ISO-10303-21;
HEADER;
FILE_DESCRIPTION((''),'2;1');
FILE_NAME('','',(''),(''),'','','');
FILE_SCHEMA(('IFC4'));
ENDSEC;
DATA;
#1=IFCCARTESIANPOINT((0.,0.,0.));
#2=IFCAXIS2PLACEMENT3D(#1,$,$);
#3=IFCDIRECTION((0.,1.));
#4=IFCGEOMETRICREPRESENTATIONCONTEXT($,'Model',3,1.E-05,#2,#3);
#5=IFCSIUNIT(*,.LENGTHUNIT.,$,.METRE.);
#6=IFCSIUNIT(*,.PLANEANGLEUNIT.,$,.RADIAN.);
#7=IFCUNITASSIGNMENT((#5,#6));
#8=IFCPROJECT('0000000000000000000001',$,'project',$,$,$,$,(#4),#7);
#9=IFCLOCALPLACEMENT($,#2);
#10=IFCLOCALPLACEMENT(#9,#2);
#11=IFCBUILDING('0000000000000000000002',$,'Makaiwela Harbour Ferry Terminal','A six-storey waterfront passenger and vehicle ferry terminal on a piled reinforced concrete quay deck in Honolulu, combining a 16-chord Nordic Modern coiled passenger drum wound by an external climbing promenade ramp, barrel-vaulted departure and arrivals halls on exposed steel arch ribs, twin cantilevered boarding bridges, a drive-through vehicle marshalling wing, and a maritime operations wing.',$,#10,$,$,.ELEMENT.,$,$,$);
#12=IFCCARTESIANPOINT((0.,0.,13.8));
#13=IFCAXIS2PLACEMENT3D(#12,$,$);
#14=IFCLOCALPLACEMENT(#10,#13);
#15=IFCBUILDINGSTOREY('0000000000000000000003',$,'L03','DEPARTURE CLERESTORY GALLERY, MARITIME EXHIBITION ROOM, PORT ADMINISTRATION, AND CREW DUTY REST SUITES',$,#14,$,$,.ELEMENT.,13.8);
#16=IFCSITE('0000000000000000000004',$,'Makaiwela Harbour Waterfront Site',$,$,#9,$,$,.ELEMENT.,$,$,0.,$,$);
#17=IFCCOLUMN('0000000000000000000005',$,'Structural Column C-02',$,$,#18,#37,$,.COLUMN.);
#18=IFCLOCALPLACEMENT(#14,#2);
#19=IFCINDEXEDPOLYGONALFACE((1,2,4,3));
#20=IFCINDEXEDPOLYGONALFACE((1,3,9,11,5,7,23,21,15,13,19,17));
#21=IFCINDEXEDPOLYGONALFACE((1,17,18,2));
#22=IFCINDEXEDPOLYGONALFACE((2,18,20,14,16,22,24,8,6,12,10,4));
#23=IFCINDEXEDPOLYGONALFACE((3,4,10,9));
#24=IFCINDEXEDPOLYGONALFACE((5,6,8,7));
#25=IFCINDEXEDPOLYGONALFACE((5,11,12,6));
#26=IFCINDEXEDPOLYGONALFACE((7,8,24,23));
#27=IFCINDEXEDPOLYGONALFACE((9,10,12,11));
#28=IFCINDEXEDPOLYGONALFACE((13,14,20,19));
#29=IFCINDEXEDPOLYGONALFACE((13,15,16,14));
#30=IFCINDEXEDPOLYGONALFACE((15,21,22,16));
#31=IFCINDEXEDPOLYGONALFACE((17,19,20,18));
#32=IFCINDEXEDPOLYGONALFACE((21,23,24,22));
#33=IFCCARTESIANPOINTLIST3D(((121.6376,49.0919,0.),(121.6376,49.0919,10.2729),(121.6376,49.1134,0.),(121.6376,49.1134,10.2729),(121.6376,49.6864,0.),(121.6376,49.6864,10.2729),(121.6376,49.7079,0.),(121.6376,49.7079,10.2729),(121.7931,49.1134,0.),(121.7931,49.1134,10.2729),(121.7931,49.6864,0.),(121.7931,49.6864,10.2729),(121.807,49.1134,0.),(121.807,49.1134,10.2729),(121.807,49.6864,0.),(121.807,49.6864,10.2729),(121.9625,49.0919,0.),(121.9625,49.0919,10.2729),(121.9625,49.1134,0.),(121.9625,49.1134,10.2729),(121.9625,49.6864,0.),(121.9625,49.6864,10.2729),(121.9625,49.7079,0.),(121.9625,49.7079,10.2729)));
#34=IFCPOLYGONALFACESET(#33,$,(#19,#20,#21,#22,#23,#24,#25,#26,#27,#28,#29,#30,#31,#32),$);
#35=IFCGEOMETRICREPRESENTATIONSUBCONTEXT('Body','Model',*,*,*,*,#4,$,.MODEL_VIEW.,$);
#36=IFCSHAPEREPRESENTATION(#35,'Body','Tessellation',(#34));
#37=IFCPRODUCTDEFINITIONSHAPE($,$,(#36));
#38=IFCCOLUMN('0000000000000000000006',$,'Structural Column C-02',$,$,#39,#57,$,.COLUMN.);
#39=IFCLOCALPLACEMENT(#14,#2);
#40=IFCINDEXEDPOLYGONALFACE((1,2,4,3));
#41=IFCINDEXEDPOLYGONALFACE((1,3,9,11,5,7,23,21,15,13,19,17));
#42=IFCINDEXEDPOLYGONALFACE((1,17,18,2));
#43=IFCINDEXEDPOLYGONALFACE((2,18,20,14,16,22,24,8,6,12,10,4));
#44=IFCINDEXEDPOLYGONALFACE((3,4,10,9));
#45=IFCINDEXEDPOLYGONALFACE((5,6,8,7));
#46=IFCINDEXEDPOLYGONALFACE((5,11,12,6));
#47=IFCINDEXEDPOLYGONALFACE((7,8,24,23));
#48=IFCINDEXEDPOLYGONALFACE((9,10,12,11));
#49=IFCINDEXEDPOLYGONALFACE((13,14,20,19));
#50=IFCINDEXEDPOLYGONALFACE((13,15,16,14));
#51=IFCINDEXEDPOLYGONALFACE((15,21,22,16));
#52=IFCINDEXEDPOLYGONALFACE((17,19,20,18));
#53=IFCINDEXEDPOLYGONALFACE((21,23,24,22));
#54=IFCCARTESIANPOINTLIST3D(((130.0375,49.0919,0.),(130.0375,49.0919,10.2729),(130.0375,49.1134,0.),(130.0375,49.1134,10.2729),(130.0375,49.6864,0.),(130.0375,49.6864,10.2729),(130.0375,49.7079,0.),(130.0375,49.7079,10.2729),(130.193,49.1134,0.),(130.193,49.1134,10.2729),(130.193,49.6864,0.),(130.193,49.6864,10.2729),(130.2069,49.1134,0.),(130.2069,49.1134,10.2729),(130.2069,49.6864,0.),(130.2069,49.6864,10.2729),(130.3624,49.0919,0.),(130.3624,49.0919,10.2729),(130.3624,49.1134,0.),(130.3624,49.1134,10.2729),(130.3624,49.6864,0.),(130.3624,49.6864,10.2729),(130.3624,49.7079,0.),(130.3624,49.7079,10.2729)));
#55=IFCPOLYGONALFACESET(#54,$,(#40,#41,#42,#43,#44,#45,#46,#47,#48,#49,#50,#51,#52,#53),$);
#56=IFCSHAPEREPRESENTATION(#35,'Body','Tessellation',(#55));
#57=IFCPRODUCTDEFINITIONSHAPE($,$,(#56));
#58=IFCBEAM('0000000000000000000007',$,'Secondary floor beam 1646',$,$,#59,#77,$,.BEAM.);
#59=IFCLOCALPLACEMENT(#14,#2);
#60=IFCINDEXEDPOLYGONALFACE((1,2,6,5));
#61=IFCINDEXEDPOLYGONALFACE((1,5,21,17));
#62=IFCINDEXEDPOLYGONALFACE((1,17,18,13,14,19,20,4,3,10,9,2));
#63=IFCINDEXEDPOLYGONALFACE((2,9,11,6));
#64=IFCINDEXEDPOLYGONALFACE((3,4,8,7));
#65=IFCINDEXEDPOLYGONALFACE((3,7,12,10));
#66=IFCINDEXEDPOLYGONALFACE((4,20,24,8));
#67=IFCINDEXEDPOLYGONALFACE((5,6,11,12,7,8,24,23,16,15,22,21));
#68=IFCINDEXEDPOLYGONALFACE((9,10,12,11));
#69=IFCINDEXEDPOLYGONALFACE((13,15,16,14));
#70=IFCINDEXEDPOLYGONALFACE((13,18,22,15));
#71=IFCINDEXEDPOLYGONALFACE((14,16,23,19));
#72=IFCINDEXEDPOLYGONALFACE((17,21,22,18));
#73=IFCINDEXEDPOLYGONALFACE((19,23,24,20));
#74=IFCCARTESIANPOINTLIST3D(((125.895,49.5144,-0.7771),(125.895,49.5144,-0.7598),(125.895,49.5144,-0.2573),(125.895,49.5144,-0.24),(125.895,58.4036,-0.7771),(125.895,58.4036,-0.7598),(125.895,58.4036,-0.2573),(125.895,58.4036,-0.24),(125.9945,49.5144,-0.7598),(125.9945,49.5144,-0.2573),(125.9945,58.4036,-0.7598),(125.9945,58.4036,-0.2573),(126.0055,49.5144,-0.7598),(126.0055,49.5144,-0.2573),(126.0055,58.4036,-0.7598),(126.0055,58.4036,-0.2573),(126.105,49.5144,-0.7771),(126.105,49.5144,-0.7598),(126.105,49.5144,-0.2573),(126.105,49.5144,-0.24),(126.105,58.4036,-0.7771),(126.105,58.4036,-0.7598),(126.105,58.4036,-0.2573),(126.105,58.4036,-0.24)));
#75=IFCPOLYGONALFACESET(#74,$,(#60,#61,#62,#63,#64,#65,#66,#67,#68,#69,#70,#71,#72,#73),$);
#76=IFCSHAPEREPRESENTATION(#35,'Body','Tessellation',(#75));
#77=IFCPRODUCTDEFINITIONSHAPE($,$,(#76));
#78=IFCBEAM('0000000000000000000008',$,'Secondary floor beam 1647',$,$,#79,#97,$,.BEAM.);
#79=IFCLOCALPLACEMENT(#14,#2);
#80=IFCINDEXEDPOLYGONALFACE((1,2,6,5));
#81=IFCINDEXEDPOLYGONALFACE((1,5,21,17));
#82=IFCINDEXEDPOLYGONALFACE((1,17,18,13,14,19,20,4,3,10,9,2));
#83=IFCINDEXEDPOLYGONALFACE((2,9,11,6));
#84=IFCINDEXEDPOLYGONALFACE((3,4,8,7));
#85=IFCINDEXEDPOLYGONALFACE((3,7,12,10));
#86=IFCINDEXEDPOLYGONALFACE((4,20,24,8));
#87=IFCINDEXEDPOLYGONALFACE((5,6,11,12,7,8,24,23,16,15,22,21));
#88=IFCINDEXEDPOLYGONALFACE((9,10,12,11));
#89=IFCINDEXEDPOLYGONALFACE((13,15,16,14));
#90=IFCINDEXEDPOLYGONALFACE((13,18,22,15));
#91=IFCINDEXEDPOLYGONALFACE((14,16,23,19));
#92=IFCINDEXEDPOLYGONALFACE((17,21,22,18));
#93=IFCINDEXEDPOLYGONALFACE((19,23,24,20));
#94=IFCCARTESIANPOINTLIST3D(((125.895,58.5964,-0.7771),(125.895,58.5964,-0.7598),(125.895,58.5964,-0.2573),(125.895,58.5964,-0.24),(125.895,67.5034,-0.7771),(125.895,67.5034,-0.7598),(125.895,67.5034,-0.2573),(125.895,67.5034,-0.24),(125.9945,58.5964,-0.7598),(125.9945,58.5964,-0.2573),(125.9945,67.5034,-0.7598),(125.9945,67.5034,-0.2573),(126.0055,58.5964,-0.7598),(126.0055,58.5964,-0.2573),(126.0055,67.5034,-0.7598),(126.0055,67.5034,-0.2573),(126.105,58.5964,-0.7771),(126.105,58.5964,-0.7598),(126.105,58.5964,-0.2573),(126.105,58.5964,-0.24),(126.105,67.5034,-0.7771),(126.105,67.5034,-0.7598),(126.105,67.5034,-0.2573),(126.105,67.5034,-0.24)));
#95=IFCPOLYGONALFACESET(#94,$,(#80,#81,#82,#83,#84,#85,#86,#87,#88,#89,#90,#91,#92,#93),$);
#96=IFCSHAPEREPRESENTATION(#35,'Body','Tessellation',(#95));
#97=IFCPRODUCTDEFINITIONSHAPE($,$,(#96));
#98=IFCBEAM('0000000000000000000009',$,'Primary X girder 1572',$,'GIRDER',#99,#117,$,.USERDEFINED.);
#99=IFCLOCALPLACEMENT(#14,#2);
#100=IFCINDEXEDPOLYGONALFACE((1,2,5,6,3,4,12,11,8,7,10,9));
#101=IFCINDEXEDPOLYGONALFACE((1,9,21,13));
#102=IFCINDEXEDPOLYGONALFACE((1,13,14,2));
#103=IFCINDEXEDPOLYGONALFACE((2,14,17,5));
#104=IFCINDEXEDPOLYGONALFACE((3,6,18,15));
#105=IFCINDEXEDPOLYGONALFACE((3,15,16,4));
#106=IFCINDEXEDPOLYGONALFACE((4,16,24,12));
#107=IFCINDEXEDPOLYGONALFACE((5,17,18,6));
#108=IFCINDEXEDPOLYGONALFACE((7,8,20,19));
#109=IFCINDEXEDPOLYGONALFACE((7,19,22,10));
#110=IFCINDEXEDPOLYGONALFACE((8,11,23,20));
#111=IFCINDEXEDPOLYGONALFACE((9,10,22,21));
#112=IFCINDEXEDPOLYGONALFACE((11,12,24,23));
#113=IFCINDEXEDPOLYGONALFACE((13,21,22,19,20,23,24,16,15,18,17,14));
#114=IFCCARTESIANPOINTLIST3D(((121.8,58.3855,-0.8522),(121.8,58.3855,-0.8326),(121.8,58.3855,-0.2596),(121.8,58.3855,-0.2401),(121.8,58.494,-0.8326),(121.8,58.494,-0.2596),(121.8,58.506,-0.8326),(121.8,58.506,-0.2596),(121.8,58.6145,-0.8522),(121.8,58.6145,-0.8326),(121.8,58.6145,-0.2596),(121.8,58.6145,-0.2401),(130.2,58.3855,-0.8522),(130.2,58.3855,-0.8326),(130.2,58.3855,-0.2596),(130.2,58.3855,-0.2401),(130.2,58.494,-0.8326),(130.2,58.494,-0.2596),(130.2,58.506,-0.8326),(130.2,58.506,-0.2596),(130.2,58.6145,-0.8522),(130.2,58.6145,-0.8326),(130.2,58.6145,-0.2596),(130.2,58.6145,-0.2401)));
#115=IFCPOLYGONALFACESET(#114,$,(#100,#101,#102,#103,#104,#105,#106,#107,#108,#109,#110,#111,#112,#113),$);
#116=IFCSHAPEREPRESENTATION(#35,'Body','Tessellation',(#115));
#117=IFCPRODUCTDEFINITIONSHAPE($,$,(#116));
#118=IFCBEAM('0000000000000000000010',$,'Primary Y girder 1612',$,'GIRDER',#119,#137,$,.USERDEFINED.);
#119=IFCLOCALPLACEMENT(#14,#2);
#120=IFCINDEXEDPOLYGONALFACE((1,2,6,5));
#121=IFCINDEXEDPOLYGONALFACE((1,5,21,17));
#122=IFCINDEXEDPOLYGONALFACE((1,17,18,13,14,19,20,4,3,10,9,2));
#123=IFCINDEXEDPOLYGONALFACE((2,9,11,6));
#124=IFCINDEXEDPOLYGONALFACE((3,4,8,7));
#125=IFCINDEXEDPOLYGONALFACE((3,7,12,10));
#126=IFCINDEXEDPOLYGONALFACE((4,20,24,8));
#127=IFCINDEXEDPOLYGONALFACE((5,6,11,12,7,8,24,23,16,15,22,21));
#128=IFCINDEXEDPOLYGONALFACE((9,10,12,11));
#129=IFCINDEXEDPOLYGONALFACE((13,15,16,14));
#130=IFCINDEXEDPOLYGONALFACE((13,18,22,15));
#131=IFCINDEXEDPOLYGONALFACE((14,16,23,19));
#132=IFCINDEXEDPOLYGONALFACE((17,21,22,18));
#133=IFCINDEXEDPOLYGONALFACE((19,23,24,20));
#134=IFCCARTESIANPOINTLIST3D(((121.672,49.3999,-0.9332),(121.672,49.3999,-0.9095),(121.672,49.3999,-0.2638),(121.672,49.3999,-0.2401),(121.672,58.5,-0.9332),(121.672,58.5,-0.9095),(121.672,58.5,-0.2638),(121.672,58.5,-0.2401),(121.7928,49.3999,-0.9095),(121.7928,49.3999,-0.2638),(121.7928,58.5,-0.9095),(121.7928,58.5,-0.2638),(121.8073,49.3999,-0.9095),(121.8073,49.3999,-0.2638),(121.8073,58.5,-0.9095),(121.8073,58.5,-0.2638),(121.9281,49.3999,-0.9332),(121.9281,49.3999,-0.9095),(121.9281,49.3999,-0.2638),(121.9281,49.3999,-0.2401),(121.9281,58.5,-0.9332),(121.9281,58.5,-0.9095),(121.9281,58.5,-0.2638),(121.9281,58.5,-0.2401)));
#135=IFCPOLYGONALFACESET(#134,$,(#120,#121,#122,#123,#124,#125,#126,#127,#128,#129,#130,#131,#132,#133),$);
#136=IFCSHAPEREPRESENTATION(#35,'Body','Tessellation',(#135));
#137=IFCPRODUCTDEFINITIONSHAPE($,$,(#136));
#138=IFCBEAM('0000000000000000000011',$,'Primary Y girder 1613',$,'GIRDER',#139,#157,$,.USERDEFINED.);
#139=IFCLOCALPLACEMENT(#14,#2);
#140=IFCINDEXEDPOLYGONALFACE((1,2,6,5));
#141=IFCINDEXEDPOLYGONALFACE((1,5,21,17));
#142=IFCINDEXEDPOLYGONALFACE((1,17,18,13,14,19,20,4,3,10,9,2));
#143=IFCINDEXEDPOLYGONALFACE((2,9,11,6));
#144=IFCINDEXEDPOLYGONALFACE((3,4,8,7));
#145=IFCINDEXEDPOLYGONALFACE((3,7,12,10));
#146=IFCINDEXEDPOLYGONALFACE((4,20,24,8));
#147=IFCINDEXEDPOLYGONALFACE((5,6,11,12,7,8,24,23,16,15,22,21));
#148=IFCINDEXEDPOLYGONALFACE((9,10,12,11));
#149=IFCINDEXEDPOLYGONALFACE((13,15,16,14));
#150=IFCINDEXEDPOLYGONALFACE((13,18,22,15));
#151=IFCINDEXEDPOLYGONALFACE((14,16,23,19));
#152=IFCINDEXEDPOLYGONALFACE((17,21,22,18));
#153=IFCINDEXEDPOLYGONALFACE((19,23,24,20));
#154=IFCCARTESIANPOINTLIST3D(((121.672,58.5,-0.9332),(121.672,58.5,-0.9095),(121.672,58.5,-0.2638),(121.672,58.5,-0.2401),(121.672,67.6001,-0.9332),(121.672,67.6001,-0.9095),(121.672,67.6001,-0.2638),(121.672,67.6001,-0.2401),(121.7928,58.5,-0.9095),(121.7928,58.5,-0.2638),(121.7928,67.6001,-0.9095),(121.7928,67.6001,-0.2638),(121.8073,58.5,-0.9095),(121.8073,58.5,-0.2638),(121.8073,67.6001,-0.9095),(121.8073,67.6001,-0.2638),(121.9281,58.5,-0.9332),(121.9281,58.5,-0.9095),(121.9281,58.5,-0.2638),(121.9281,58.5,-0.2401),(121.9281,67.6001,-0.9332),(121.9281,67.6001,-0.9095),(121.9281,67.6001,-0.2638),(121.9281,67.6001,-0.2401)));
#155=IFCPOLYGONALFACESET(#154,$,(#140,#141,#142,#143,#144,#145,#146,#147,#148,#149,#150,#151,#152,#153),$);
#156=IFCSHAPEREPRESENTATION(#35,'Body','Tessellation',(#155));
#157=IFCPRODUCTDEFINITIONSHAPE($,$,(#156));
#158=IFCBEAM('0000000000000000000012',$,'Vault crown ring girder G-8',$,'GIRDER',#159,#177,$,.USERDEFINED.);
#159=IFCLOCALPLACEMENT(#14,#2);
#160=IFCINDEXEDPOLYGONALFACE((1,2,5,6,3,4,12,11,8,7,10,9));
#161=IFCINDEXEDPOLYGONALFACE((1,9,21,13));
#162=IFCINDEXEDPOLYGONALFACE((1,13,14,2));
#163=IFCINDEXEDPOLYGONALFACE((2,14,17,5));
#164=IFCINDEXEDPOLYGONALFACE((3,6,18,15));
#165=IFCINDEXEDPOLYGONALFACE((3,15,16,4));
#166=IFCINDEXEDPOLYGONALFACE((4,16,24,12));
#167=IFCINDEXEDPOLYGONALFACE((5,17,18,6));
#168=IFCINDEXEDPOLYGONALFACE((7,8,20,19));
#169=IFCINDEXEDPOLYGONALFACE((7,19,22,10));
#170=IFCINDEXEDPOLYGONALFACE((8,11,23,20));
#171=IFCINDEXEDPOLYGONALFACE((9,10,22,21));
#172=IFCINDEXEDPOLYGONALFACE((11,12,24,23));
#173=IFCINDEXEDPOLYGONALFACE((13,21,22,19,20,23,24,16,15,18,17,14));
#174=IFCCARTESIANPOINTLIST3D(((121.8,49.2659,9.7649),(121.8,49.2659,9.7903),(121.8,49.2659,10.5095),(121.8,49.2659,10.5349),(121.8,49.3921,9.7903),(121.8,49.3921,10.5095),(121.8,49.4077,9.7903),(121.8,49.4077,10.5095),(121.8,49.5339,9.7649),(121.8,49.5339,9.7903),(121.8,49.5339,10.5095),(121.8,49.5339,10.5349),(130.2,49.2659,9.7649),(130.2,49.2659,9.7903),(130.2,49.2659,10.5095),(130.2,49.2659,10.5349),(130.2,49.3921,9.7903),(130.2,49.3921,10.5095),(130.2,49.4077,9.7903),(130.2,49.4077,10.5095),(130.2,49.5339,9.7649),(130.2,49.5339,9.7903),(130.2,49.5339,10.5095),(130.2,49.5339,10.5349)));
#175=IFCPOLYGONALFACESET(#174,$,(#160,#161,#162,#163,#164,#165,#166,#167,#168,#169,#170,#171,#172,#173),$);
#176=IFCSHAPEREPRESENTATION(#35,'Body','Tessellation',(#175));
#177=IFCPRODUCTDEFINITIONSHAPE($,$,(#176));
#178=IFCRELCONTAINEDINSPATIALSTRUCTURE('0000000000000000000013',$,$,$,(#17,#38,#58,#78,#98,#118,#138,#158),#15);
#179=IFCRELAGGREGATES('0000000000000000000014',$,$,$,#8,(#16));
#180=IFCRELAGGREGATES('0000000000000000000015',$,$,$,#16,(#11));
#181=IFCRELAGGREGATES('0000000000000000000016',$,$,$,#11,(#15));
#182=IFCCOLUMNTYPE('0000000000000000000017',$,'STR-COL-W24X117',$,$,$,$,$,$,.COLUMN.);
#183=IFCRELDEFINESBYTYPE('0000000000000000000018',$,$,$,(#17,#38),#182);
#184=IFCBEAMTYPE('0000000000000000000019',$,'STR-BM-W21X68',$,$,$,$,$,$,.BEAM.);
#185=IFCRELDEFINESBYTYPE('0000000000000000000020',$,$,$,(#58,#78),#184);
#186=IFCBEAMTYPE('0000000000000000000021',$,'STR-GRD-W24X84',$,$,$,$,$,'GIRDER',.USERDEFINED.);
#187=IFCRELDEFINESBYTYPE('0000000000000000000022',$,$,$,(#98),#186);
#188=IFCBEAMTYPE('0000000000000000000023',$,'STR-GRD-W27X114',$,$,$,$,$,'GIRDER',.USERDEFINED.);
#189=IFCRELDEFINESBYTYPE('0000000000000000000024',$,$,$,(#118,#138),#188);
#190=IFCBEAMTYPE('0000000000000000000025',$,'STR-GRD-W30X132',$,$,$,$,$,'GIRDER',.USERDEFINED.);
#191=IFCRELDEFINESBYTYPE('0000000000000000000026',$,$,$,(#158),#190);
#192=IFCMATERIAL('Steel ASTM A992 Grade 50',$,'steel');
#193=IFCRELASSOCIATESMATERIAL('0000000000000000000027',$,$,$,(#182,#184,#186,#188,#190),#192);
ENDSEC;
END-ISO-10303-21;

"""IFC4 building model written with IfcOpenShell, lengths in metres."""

from ifc_helpers import new_model, si_unit, direction, frame, origin, origin_2d, place, context, subcontext, project, spatial, i_section, extrude, material, material_profile, profile_set, type_object, element, save


model = new_model("IFC4")

# Units and contexts
model_context = context("Model", 3, precision=1e-05, world=origin(), true_north=direction((0.0, 1.0)))
body_context = subcontext(model_context, "Body", "Model", "MODEL_VIEW")
ifc_project = project(units=[si_unit("LENGTHUNIT", "METRE"), si_unit("PLANEANGLEUNIT", "RADIAN")], contexts=[model_context])

# Site, building, storey
site_placement = place(None, origin())
site = spatial("IfcSite", under=ifc_project, at=site_placement, Name="Makaiwela Harbour Waterfront Site", CompositionType="ELEMENT", RefElevation=0.0)
building_placement = place(site_placement, origin())
building = spatial("IfcBuilding", under=site, at=building_placement, Name="Makaiwela Harbour Ferry Terminal", Description="A six-storey waterfront passenger and vehicle ferry terminal on a piled reinforced concrete quay deck in Honolulu, combining a 16-chord Nordic Modern coiled passenger drum wound by an external climbing promenade ramp, barrel-vaulted departure and arrivals halls on exposed steel arch ribs, twin cantilevered boarding bridges, a drive-through vehicle marshalling wing, and a maritime operations wing.", CompositionType="ELEMENT")
storey_placement = place(building_placement, frame((0.0, 0.0, 13.8)))
storey = spatial("IfcBuildingStorey", under=building, at=storey_placement, Name="L03", Description="DEPARTURE CLERESTORY GALLERY, MARITIME EXHIBITION ROOM, PORT ADMINISTRATION, AND CREW DUTY REST SUITES", CompositionType="ELEMENT", Elevation=13.8)

# Columns
ifc_material_1 = material(Name="Steel ASTM A992 Grade 50", Category="steel")
ifc_material_profile_1 = material_profile(ifc_material_1, i_section(OverallWidth=0.325, OverallDepth=0.616, WebThickness=0.0139, FlangeThickness=0.0215, at=origin_2d()), Name="W24X117")
ifc_profile_set_1 = profile_set([ifc_material_profile_1], Name="Steel ASTM A992 Grade 50")
column_type = type_object("IfcColumnType", Name="STR-COL-W24X117", PredefinedType="COLUMN", material=ifc_profile_set_1)
for number, where, z_axis, x_axis, name in (
    (1, (121.8, 49.3999, 0.0), (0.0, 0.0, 1.0), (1.0, 0.0, 0.0), "Structural Column C-02"),
    (2, (130.2, 49.3999, 0.0), (0.0, 0.0, 1.0), (1.0, 0.0, 0.0), "Structural Column C-02"),
):
    element("IfcColumn", number, at=place(storey_placement, frame(where, z_axis=z_axis, x_axis=x_axis)), inside=storey, type_object=column_type, Name=name, PredefinedType="COLUMN", context=body_context, shape_type="SweptSolid", body=[
        extrude(i_section(OverallWidth=0.325, OverallDepth=0.616, WebThickness=0.0139, FlangeThickness=0.0215, at=origin_2d()), origin(), (0.0, 0.0, 1.0), 10.2729),
    ])

# Beams
ifc_material_profile_2 = material_profile(ifc_material_1, i_section(OverallWidth=0.21, OverallDepth=0.5371, WebThickness=0.011, FlangeThickness=0.0173, at=origin_2d()), Name="W21X68")
ifc_profile_set_2 = profile_set([ifc_material_profile_2], Name="Steel ASTM A992 Grade 50")
beam_type_1 = type_object("IfcBeamType", Name="STR-BM-W21X68", PredefinedType="BEAM", material=ifc_profile_set_2)
beam_1_placement = place(storey_placement, frame((126.0, 49.5144, -0.5085), z_axis=(0.0, 1.0, 0.0), x_axis=(-1.0, 0.0, 0.0)))
element("IfcBeam", 3, at=beam_1_placement, inside=storey, type_object=beam_type_1, Name="Secondary floor beam 1646", PredefinedType="BEAM", context=body_context, shape_type="SweptSolid", body=[
    extrude(i_section(OverallWidth=0.21, OverallDepth=0.5371, WebThickness=0.011, FlangeThickness=0.0173, at=origin_2d()), origin(), (0.0, 0.0, 1.0), 8.8892),
])
beam_2_placement = place(storey_placement, frame((126.0, 58.5964, -0.5085), z_axis=(0.0, 1.0, 0.0), x_axis=(-1.0, 0.0, 0.0)))
element("IfcBeam", 4, at=beam_2_placement, inside=storey, type_object=beam_type_1, Name="Secondary floor beam 1647", PredefinedType="BEAM", context=body_context, shape_type="SweptSolid", body=[
    extrude(i_section(OverallWidth=0.21, OverallDepth=0.5371, WebThickness=0.011, FlangeThickness=0.0173, at=origin_2d()), origin(), (0.0, 0.0, 1.0), 8.907),
])
ifc_material_profile_3 = material_profile(ifc_material_1, i_section(OverallWidth=0.229, OverallDepth=0.6121, WebThickness=0.012, FlangeThickness=0.0195, at=origin_2d()), Name="W24X84")
ifc_profile_set_3 = profile_set([ifc_material_profile_3], Name="Steel ASTM A992 Grade 50")
beam_type_2 = type_object("IfcBeamType", Name="STR-GRD-W24X84", ElementType="GIRDER", PredefinedType="USERDEFINED", material=ifc_profile_set_3)
beam_3_placement = place(storey_placement, frame((121.8, 58.5, -0.5461), z_axis=(1.0, 0.0, 0.0), x_axis=(0.0, 1.0, 0.0)))
element("IfcBeam", 5, at=beam_3_placement, inside=storey, type_object=beam_type_2, Name="Primary X girder 1572", ObjectType="GIRDER", PredefinedType="USERDEFINED", context=body_context, shape_type="SweptSolid", body=[
    extrude(i_section(OverallWidth=0.229, OverallDepth=0.6121, WebThickness=0.012, FlangeThickness=0.0195, at=origin_2d()), origin(), (0.0, 0.0, 1.0), 8.3999),
])
ifc_material_profile_4 = material_profile(ifc_material_1, i_section(OverallWidth=0.2561, OverallDepth=0.6931, WebThickness=0.0144, FlangeThickness=0.0237, at=origin_2d()), Name="W27X114")
ifc_profile_set_4 = profile_set([ifc_material_profile_4], Name="Steel ASTM A992 Grade 50")
beam_type_3 = type_object("IfcBeamType", Name="STR-GRD-W27X114", ElementType="GIRDER", PredefinedType="USERDEFINED", material=ifc_profile_set_4)
for number, where, z_axis, x_axis, name in (
    (6, (121.8, 49.3999, -0.5867), (0.0, 1.0, 0.0), (-1.0, 0.0, 0.0), "Primary Y girder 1612"),
    (7, (121.8, 58.5, -0.5867), (0.0, 1.0, 0.0), (-1.0, 0.0, 0.0), "Primary Y girder 1613"),
):
    element("IfcBeam", number, at=place(storey_placement, frame(where, z_axis=z_axis, x_axis=x_axis)), inside=storey, type_object=beam_type_3, Name=name, ObjectType="GIRDER", PredefinedType="USERDEFINED", context=body_context, shape_type="SweptSolid", body=[
        extrude(i_section(OverallWidth=0.2561, OverallDepth=0.6931, WebThickness=0.0144, FlangeThickness=0.0237, at=origin_2d()), origin(), (0.0, 0.0, 1.0), 9.1001),
    ])
ifc_material_profile_5 = material_profile(ifc_material_1, i_section(OverallWidth=0.2681, OverallDepth=0.77, WebThickness=0.0156, FlangeThickness=0.0254, at=origin_2d()), Name="W30X132")
ifc_profile_set_5 = profile_set([ifc_material_profile_5], Name="Steel ASTM A992 Grade 50")
beam_type_4 = type_object("IfcBeamType", Name="STR-GRD-W30X132", ElementType="GIRDER", PredefinedType="USERDEFINED", material=ifc_profile_set_5)
beam_4_placement = place(storey_placement, frame((121.8, 49.3999, 10.1499), z_axis=(1.0, 0.0, 0.0), x_axis=(0.0, 1.0, 0.0)))
element("IfcBeam", 8, at=beam_4_placement, inside=storey, type_object=beam_type_4, Name="Vault crown ring girder G-8", ObjectType="GIRDER", PredefinedType="USERDEFINED", context=body_context, shape_type="SweptSolid", body=[
    extrude(i_section(OverallWidth=0.2681, OverallDepth=0.77, WebThickness=0.0156, FlangeThickness=0.0254, at=origin_2d()), origin(), (0.0, 0.0, 1.0), 8.3999),
])

save(model, "model.ifc")
